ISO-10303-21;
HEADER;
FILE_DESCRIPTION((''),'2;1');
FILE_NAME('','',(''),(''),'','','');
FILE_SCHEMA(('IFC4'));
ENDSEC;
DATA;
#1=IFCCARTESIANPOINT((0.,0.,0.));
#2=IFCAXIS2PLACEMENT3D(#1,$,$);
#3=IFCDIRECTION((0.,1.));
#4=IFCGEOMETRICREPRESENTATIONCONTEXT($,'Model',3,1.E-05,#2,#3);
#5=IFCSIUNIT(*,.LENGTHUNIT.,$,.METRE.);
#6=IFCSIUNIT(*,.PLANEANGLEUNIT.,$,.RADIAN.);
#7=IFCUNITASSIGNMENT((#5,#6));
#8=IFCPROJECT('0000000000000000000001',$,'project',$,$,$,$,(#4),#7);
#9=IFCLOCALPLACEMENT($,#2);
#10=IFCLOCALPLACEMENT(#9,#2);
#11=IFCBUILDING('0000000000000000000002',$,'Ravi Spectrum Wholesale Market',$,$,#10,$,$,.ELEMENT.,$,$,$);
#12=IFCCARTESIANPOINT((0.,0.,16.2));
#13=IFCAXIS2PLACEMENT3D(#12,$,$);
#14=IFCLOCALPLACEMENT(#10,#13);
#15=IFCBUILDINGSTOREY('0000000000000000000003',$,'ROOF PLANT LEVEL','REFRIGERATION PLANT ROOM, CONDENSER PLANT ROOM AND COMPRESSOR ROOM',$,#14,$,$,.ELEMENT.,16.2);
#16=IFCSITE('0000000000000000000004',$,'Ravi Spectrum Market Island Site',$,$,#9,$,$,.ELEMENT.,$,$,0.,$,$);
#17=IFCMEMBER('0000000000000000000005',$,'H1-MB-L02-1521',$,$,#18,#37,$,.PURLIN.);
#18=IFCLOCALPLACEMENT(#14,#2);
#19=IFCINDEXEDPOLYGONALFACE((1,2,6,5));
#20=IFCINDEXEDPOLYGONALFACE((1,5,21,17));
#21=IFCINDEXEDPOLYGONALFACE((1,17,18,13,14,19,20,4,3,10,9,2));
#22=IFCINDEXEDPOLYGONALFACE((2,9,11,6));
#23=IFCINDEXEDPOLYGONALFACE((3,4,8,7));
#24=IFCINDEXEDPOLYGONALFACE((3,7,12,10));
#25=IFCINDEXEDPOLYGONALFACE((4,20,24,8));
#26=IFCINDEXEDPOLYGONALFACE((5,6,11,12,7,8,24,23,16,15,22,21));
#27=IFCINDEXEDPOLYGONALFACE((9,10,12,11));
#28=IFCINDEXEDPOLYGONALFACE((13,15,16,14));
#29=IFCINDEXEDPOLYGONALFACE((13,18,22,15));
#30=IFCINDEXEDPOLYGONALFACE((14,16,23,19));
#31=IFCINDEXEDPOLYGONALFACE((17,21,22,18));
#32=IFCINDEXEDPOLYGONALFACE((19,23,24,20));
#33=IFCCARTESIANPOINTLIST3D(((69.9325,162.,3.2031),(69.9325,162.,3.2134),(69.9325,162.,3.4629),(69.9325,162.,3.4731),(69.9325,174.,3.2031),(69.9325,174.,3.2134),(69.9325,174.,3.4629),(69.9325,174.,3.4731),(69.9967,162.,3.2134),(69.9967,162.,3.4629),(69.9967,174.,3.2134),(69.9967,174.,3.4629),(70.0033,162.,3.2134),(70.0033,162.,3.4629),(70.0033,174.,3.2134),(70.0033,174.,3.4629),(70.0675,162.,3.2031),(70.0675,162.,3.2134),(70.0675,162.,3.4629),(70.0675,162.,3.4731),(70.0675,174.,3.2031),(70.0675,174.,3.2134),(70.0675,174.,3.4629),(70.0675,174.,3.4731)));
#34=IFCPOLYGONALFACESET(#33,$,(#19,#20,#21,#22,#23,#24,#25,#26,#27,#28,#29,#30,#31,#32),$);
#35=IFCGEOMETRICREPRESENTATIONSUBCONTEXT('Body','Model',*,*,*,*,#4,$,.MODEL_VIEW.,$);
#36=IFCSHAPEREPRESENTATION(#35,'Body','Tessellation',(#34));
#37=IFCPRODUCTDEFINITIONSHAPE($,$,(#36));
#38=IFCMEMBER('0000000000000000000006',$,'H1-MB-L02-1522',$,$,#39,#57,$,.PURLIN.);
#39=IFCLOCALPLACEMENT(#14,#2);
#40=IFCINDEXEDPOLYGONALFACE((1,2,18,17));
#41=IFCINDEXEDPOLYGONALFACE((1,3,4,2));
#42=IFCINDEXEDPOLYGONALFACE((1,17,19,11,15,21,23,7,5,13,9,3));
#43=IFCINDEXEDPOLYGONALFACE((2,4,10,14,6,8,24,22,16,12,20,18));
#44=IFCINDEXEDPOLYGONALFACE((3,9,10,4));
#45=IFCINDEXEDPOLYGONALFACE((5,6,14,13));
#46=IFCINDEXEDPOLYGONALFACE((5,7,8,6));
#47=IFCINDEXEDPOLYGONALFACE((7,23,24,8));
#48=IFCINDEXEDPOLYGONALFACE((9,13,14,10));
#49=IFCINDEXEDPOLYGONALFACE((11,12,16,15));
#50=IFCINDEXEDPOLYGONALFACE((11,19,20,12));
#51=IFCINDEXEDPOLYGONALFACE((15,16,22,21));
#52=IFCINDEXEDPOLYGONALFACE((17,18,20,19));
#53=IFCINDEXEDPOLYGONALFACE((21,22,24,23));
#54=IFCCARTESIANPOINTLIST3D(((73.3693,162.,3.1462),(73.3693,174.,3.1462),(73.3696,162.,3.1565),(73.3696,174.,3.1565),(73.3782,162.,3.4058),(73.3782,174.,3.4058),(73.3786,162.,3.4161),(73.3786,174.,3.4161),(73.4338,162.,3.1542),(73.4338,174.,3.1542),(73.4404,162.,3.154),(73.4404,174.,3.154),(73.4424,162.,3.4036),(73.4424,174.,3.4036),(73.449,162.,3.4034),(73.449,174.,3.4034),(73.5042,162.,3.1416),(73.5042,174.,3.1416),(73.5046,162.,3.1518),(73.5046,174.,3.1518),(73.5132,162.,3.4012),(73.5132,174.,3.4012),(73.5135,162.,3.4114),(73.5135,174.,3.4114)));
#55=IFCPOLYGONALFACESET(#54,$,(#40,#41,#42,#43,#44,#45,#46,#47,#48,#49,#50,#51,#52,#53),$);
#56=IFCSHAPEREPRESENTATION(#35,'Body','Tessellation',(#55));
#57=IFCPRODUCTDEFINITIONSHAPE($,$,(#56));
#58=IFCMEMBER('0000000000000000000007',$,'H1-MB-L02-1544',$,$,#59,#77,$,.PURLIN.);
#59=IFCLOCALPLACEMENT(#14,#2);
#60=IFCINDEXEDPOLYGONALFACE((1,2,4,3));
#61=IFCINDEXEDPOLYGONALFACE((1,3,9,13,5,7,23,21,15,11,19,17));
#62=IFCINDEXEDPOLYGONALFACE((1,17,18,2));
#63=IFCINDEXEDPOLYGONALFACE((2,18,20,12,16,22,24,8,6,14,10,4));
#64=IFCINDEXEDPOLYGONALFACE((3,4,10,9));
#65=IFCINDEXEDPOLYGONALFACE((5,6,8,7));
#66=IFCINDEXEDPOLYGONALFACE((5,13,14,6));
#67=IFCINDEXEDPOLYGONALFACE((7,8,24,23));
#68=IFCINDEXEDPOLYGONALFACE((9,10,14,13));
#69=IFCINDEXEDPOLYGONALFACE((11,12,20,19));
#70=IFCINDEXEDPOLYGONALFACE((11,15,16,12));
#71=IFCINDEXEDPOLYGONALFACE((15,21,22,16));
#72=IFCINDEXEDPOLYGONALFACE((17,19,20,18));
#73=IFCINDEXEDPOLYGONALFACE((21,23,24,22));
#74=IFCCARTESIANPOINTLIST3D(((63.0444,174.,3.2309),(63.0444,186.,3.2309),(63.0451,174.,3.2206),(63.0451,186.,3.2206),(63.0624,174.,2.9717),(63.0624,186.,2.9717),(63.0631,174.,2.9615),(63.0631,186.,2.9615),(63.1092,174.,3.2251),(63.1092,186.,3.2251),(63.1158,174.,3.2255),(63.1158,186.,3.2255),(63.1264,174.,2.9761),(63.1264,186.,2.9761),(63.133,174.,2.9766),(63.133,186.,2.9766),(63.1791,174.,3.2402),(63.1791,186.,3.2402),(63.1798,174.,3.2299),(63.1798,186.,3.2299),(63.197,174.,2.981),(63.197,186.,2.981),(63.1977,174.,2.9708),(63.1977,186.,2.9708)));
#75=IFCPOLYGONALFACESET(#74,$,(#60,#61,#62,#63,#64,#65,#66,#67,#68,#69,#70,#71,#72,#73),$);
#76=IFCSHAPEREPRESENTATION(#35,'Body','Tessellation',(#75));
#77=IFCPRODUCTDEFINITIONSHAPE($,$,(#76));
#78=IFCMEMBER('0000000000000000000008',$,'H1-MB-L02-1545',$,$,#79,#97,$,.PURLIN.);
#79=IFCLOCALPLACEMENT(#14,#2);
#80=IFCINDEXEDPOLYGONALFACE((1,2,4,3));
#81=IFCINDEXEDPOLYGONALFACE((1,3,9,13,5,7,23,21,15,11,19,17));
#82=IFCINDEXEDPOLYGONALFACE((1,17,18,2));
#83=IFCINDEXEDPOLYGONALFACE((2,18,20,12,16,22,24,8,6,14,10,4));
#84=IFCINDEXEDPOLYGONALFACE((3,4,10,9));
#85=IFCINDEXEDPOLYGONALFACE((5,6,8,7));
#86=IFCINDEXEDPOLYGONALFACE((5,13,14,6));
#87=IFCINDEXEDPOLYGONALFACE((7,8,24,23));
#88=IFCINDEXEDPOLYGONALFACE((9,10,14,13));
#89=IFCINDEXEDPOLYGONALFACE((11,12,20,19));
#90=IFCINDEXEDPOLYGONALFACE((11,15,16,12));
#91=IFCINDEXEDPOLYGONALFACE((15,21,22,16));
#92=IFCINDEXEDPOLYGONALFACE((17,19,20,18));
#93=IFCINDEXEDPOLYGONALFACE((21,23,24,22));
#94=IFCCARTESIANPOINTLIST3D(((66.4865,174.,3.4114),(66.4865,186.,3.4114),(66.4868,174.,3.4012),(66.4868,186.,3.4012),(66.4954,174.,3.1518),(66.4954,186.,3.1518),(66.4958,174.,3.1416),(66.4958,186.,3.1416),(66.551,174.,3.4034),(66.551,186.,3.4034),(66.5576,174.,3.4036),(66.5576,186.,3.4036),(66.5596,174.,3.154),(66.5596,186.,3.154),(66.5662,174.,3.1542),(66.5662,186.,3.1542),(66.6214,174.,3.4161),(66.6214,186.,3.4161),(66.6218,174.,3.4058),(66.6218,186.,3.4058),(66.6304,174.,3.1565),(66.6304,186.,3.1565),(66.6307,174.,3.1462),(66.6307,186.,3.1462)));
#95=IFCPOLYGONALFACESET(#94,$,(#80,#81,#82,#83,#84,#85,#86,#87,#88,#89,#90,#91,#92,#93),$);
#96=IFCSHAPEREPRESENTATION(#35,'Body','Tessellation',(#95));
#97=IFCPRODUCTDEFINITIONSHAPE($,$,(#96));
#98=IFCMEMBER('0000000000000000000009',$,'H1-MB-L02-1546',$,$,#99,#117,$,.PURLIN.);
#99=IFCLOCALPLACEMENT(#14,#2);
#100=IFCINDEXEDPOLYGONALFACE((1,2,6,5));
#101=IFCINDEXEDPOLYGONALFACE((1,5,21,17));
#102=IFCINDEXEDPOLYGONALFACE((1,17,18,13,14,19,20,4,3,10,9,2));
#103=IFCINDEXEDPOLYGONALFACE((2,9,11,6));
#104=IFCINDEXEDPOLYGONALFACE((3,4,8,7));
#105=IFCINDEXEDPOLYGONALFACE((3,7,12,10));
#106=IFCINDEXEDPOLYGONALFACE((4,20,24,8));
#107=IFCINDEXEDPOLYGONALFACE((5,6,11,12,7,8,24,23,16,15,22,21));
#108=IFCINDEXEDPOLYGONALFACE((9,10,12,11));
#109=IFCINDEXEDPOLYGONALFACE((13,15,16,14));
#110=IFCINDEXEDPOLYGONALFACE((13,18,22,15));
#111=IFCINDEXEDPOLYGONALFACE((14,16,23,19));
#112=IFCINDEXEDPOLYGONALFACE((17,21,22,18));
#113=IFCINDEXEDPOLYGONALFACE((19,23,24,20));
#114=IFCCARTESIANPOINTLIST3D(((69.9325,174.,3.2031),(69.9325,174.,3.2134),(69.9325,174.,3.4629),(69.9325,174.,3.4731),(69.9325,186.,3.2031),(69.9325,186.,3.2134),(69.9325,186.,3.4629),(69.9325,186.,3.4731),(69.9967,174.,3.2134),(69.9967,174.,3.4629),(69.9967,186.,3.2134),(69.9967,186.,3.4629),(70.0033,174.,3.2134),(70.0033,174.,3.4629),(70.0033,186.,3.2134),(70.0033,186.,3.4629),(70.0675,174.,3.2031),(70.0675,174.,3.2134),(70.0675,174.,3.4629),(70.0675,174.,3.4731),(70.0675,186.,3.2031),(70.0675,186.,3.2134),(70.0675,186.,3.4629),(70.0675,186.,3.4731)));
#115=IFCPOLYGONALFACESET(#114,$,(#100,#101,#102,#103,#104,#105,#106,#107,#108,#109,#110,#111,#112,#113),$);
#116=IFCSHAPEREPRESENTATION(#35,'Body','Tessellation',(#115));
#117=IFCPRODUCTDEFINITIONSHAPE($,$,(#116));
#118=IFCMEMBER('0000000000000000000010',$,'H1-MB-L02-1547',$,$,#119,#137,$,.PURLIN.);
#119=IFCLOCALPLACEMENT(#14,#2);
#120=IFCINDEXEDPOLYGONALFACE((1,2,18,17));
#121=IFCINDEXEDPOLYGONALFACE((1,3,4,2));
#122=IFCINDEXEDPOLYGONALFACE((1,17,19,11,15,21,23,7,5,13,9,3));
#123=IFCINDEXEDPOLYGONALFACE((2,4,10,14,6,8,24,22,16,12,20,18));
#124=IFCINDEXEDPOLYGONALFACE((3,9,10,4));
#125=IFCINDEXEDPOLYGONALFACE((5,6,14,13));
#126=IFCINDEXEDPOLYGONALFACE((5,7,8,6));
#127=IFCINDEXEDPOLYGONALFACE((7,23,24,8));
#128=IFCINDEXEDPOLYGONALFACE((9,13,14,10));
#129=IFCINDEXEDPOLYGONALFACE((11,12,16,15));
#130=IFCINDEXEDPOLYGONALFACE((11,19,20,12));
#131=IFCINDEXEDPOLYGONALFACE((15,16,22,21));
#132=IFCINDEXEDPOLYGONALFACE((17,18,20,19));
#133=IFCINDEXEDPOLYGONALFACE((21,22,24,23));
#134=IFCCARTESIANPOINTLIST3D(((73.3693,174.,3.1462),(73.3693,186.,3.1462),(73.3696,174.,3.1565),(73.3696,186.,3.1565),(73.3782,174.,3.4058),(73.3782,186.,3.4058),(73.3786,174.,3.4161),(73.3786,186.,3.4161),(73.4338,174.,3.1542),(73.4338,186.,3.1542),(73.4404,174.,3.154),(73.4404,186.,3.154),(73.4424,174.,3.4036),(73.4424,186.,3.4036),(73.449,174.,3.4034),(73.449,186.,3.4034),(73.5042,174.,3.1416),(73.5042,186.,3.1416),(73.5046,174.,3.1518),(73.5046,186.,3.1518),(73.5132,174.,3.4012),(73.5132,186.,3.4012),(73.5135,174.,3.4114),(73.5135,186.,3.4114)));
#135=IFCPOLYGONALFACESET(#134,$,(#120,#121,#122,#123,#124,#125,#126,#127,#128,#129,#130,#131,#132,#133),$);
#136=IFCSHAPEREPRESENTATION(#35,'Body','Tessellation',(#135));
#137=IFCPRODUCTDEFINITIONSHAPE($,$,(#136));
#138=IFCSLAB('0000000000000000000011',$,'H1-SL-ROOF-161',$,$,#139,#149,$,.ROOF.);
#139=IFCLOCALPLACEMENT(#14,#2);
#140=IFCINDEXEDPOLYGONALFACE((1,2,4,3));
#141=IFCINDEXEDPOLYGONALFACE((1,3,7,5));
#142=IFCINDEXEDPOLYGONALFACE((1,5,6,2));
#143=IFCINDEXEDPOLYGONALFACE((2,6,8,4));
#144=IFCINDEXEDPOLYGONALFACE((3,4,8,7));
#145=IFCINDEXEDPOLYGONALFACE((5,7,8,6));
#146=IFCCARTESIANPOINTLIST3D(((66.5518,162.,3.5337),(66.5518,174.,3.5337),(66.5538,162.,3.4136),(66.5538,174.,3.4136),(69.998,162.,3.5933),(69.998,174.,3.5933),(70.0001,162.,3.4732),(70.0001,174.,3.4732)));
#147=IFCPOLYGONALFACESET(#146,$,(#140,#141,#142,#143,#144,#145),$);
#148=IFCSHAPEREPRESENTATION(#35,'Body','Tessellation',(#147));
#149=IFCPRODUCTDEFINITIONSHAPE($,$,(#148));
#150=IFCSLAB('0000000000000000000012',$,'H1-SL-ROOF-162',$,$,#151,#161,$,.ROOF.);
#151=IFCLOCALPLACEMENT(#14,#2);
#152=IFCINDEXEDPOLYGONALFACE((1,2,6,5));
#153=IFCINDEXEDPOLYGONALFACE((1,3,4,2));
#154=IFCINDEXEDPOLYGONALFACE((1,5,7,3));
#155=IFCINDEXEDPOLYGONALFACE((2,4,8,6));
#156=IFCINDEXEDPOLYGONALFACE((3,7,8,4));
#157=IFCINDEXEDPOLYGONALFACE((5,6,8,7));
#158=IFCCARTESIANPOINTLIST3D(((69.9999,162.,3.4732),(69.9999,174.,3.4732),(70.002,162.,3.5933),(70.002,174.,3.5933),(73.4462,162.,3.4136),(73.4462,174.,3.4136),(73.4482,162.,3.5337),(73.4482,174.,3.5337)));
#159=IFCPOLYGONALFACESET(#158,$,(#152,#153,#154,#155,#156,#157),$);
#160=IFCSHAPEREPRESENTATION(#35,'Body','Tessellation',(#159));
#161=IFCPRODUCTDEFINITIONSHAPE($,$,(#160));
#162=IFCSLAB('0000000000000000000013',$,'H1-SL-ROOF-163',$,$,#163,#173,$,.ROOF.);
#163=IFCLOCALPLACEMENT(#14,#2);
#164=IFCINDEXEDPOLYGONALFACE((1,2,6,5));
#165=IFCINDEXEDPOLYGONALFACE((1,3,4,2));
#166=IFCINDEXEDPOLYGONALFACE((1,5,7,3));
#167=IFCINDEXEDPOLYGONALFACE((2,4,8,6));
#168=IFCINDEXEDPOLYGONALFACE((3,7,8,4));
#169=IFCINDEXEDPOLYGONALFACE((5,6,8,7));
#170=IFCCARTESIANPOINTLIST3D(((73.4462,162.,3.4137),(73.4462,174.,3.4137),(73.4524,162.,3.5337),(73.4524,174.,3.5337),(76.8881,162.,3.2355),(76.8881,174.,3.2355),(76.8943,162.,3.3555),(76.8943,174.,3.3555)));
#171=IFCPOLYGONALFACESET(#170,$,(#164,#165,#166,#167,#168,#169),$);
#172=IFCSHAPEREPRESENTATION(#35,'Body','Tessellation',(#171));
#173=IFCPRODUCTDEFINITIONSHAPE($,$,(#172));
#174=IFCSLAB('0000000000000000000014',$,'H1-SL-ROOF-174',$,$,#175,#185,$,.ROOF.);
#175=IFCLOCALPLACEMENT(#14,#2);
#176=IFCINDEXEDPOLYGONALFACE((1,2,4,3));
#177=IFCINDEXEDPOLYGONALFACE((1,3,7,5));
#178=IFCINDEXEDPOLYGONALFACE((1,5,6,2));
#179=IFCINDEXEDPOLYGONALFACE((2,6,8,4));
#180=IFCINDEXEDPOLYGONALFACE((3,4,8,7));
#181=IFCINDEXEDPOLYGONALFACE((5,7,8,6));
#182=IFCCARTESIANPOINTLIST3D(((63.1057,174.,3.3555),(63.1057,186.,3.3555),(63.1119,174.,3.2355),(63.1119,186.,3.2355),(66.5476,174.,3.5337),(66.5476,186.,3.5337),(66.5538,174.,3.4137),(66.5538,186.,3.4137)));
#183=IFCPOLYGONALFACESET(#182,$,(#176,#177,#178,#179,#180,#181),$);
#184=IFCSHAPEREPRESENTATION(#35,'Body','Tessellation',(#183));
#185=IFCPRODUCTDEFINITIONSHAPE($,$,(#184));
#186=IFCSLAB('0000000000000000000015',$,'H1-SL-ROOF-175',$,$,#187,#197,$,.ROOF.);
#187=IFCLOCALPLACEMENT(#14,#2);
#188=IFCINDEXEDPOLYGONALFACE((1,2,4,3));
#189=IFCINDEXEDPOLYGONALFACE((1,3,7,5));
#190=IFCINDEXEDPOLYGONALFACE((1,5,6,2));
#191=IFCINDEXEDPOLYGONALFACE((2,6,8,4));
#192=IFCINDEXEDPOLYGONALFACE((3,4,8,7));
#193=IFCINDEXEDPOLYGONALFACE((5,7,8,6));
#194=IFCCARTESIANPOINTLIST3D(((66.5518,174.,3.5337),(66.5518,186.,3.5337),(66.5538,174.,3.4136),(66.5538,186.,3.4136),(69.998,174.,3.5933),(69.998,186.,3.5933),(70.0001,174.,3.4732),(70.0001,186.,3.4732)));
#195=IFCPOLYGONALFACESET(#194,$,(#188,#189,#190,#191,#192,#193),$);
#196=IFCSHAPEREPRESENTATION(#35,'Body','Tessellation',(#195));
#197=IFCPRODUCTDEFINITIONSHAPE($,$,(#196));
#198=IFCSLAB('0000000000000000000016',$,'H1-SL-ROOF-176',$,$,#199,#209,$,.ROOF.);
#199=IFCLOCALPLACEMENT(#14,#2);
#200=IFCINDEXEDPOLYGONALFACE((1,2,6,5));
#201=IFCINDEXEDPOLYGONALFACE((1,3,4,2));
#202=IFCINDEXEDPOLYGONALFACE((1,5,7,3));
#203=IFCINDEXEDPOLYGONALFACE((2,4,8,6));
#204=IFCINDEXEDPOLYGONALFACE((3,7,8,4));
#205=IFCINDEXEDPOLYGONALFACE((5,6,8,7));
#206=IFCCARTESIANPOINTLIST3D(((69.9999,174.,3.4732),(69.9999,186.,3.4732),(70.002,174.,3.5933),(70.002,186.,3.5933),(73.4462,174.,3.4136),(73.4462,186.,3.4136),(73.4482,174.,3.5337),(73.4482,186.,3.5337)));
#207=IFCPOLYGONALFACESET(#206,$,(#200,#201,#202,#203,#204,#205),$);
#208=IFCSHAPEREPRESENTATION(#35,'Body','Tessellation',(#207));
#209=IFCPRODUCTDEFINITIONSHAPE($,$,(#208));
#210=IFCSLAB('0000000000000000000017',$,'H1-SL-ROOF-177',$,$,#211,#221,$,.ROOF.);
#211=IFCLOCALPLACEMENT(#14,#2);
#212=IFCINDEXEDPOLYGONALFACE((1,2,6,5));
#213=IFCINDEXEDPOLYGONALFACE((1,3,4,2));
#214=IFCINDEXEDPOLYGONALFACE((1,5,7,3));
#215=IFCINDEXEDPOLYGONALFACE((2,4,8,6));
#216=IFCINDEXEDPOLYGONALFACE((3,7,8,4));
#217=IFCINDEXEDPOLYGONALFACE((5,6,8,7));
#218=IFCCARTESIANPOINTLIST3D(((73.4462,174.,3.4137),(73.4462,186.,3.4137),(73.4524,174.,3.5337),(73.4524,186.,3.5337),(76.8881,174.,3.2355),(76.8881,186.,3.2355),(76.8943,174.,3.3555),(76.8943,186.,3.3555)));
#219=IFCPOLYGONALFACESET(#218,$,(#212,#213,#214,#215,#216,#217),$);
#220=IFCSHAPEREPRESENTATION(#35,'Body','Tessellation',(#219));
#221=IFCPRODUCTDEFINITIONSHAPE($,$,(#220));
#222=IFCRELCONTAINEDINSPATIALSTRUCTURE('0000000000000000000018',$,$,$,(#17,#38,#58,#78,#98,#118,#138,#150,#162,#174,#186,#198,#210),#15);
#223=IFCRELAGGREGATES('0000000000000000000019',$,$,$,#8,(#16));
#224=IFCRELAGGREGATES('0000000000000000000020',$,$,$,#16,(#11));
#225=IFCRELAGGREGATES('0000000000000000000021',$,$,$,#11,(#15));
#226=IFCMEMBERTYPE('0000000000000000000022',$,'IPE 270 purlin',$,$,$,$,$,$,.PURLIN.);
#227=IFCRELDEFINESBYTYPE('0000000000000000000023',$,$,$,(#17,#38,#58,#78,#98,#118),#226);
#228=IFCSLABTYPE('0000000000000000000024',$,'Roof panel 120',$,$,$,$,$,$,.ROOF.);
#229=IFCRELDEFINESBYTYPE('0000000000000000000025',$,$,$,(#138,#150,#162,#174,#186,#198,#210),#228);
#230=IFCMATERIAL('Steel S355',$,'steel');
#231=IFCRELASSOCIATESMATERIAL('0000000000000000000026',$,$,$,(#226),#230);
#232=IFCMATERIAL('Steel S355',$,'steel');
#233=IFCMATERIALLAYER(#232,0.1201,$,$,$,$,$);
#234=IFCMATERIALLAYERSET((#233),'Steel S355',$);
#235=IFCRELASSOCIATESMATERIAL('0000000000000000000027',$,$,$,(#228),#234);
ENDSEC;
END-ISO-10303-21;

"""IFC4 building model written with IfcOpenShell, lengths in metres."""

from ifc_helpers import new_model, si_unit, direction, frame, origin, origin_2d, place, context, subcontext, project, spatial, polyline, i_section, outline, extrude, material, layer, layer_set, material_profile, profile_set, type_object, element, save


model = new_model("IFC4")

# Units and contexts
model_context = context("Model", 3, precision=1e-05, world=origin(), true_north=direction((0.0, 1.0)))
body_context = subcontext(model_context, "Body", "Model", "MODEL_VIEW")
ifc_project = project(units=[si_unit("LENGTHUNIT", "METRE"), si_unit("PLANEANGLEUNIT", "RADIAN")], contexts=[model_context])

# Site, building, storey
site_placement = place(None, origin())
site = spatial("IfcSite", under=ifc_project, at=site_placement, Name="Ravi Spectrum Market Island Site", CompositionType="ELEMENT", RefElevation=0.0)
building_placement = place(site_placement, origin())
building = spatial("IfcBuilding", under=site, at=building_placement, Name="Ravi Spectrum Wholesale Market", CompositionType="ELEMENT")
storey_placement = place(building_placement, frame((0.0, 0.0, 16.2)))
storey = spatial("IfcBuildingStorey", under=building, at=storey_placement, Name="ROOF PLANT LEVEL", Description="REFRIGERATION PLANT ROOM, CONDENSER PLANT ROOM AND COMPRESSOR ROOM", CompositionType="ELEMENT", Elevation=16.2)

# Members
ifc_material_1 = material(Name="Steel S355", Category="steel")
ifc_material_profile_1 = material_profile(ifc_material_1, i_section(OverallWidth=0.135, OverallDepth=0.27, WebThickness=0.0066, FlangeThickness=0.0103, at=origin_2d()))
ifc_profile_set_1 = profile_set([ifc_material_profile_1], Name="Steel S355")
member_type_1 = type_object("IfcMemberType", Name="IPE 270 purlin", PredefinedType="PURLIN", material=ifc_profile_set_1)
for number, where, z_axis, x_axis, name in (
    (1, (70.0, 162.0, 3.3381), (0.0, 1.0, 0.0), (-1.0, 0.0, 0.0), "H1-MB-L02-1521"),
    (2, (73.4414, 162.0, 3.2788), (0.0, 1.0, 0.0), (-0.999405, 0.0, 0.034492), "H1-MB-L02-1522"),
    (3, (63.1211, 174.0, 3.1008), (0.0, 1.0, 0.0), (-0.997621, 0.0, -0.068943), "H1-MB-L02-1544"),
    (4, (66.5586, 174.0, 3.2788), (0.0, 1.0, 0.0), (-0.999405, 0.0, -0.034492), "H1-MB-L02-1545"),
    (5, (70.0, 174.0, 3.3381), (0.0, 1.0, 0.0), (-1.0, 0.0, 0.0), "H1-MB-L02-1546"),
    (6, (73.4414, 174.0, 3.2788), (0.0, 1.0, 0.0), (-0.999405, 0.0, 0.034492), "H1-MB-L02-1547"),
):
    element("IfcMember", number, at=place(storey_placement, frame(where, z_axis=z_axis, x_axis=x_axis)), inside=storey, type_object=member_type_1, Name=name, PredefinedType="PURLIN", context=body_context, shape_type="SweptSolid", body=[
        extrude(i_section(OverallWidth=0.135, OverallDepth=0.27, WebThickness=0.0066, FlangeThickness=0.0103, at=origin_2d()), origin(), (0.0, 0.0, 1.0), 12.0),
    ])

# Slabs
ifc_material_2 = material(Name="Steel S355", Category="steel")
ifc_layer_1 = layer(ifc_material_2, 0.1201)
ifc_layer_set_1 = layer_set([ifc_layer_1], Name="Steel S355")
slab_type = type_object("IfcSlabType", Name="Roof panel 120", PredefinedType="ROOF", material=ifc_layer_set_1)
for number, where, z_axis, x_axis, name in (
    (7, (66.5518, 162.0, 3.5337), (-0.017283, 0.0, 0.999851), (0.999851, 0.0, 0.017283), "H1-SL-ROOF-161"),
    (8, (70.002, 162.0, 3.5933), (0.017283, 0.0, 0.999851), (0.999851, 0.0, -0.017283), "H1-SL-ROOF-162"),
):
    element("IfcSlab", number, at=place(storey_placement, frame(where, z_axis=z_axis, x_axis=x_axis)), inside=storey, type_object=slab_type, Name=name, PredefinedType="ROOF", context=body_context, shape_type="SweptSolid", body=[
        extrude(outline(polyline([(0.0, 0.0), (3.4468, 0.0), (3.4468, 12.0), (0.0, 12.0), (0.0, 0.0)])), origin(), (0.0, 0.0, -1.0), 0.1201),
    ])
for number, where, z_axis, x_axis, name in (
    (9, (73.4524, 162.0, 3.5337), (0.051711, 0.0, 0.998662), (0.998662, 0.0, -0.051711), "H1-SL-ROOF-163"),
    (10, (63.1057, 174.0, 3.3555), (-0.051711, 0.0, 0.998662), (0.998662, 0.0, 0.051711), "H1-SL-ROOF-174"),
):
    element("IfcSlab", number, at=place(storey_placement, frame(where, z_axis=z_axis, x_axis=x_axis)), inside=storey, type_object=slab_type, Name=name, PredefinedType="ROOF", context=body_context, shape_type="SweptSolid", body=[
        extrude(outline(polyline([(0.0, 0.0), (3.4465, 0.0), (3.4465, 12.0), (0.0, 12.0), (0.0, 0.0)])), origin(), (0.0, 0.0, -1.0), 0.1201),
    ])
for number, where, z_axis, x_axis, name in (
    (11, (66.5518, 174.0, 3.5337), (-0.017283, 0.0, 0.999851), (0.999851, 0.0, 0.017283), "H1-SL-ROOF-175"),
    (12, (70.002, 174.0, 3.5933), (0.017283, 0.0, 0.999851), (0.999851, 0.0, -0.017283), "H1-SL-ROOF-176"),
):
    element("IfcSlab", number, at=place(storey_placement, frame(where, z_axis=z_axis, x_axis=x_axis)), inside=storey, type_object=slab_type, Name=name, PredefinedType="ROOF", context=body_context, shape_type="SweptSolid", body=[
        extrude(outline(polyline([(0.0, 0.0), (3.4468, 0.0), (3.4468, 12.0), (0.0, 12.0), (0.0, 0.0)])), origin(), (0.0, 0.0, -1.0), 0.1201),
    ])
slab_placement = place(storey_placement, frame((73.4524, 174.0, 3.5337), z_axis=(0.051711, 0.0, 0.998662), x_axis=(0.998662, 0.0, -0.051711)))
element("IfcSlab", 13, at=slab_placement, inside=storey, type_object=slab_type, Name="H1-SL-ROOF-177", PredefinedType="ROOF", context=body_context, shape_type="SweptSolid", body=[
    extrude(outline(polyline([(0.0, 0.0), (3.4465, 0.0), (3.4465, 12.0), (0.0, 12.0), (0.0, 0.0)])), origin(), (0.0, 0.0, -1.0), 0.1201),
])

save(model, "model.ifc")
